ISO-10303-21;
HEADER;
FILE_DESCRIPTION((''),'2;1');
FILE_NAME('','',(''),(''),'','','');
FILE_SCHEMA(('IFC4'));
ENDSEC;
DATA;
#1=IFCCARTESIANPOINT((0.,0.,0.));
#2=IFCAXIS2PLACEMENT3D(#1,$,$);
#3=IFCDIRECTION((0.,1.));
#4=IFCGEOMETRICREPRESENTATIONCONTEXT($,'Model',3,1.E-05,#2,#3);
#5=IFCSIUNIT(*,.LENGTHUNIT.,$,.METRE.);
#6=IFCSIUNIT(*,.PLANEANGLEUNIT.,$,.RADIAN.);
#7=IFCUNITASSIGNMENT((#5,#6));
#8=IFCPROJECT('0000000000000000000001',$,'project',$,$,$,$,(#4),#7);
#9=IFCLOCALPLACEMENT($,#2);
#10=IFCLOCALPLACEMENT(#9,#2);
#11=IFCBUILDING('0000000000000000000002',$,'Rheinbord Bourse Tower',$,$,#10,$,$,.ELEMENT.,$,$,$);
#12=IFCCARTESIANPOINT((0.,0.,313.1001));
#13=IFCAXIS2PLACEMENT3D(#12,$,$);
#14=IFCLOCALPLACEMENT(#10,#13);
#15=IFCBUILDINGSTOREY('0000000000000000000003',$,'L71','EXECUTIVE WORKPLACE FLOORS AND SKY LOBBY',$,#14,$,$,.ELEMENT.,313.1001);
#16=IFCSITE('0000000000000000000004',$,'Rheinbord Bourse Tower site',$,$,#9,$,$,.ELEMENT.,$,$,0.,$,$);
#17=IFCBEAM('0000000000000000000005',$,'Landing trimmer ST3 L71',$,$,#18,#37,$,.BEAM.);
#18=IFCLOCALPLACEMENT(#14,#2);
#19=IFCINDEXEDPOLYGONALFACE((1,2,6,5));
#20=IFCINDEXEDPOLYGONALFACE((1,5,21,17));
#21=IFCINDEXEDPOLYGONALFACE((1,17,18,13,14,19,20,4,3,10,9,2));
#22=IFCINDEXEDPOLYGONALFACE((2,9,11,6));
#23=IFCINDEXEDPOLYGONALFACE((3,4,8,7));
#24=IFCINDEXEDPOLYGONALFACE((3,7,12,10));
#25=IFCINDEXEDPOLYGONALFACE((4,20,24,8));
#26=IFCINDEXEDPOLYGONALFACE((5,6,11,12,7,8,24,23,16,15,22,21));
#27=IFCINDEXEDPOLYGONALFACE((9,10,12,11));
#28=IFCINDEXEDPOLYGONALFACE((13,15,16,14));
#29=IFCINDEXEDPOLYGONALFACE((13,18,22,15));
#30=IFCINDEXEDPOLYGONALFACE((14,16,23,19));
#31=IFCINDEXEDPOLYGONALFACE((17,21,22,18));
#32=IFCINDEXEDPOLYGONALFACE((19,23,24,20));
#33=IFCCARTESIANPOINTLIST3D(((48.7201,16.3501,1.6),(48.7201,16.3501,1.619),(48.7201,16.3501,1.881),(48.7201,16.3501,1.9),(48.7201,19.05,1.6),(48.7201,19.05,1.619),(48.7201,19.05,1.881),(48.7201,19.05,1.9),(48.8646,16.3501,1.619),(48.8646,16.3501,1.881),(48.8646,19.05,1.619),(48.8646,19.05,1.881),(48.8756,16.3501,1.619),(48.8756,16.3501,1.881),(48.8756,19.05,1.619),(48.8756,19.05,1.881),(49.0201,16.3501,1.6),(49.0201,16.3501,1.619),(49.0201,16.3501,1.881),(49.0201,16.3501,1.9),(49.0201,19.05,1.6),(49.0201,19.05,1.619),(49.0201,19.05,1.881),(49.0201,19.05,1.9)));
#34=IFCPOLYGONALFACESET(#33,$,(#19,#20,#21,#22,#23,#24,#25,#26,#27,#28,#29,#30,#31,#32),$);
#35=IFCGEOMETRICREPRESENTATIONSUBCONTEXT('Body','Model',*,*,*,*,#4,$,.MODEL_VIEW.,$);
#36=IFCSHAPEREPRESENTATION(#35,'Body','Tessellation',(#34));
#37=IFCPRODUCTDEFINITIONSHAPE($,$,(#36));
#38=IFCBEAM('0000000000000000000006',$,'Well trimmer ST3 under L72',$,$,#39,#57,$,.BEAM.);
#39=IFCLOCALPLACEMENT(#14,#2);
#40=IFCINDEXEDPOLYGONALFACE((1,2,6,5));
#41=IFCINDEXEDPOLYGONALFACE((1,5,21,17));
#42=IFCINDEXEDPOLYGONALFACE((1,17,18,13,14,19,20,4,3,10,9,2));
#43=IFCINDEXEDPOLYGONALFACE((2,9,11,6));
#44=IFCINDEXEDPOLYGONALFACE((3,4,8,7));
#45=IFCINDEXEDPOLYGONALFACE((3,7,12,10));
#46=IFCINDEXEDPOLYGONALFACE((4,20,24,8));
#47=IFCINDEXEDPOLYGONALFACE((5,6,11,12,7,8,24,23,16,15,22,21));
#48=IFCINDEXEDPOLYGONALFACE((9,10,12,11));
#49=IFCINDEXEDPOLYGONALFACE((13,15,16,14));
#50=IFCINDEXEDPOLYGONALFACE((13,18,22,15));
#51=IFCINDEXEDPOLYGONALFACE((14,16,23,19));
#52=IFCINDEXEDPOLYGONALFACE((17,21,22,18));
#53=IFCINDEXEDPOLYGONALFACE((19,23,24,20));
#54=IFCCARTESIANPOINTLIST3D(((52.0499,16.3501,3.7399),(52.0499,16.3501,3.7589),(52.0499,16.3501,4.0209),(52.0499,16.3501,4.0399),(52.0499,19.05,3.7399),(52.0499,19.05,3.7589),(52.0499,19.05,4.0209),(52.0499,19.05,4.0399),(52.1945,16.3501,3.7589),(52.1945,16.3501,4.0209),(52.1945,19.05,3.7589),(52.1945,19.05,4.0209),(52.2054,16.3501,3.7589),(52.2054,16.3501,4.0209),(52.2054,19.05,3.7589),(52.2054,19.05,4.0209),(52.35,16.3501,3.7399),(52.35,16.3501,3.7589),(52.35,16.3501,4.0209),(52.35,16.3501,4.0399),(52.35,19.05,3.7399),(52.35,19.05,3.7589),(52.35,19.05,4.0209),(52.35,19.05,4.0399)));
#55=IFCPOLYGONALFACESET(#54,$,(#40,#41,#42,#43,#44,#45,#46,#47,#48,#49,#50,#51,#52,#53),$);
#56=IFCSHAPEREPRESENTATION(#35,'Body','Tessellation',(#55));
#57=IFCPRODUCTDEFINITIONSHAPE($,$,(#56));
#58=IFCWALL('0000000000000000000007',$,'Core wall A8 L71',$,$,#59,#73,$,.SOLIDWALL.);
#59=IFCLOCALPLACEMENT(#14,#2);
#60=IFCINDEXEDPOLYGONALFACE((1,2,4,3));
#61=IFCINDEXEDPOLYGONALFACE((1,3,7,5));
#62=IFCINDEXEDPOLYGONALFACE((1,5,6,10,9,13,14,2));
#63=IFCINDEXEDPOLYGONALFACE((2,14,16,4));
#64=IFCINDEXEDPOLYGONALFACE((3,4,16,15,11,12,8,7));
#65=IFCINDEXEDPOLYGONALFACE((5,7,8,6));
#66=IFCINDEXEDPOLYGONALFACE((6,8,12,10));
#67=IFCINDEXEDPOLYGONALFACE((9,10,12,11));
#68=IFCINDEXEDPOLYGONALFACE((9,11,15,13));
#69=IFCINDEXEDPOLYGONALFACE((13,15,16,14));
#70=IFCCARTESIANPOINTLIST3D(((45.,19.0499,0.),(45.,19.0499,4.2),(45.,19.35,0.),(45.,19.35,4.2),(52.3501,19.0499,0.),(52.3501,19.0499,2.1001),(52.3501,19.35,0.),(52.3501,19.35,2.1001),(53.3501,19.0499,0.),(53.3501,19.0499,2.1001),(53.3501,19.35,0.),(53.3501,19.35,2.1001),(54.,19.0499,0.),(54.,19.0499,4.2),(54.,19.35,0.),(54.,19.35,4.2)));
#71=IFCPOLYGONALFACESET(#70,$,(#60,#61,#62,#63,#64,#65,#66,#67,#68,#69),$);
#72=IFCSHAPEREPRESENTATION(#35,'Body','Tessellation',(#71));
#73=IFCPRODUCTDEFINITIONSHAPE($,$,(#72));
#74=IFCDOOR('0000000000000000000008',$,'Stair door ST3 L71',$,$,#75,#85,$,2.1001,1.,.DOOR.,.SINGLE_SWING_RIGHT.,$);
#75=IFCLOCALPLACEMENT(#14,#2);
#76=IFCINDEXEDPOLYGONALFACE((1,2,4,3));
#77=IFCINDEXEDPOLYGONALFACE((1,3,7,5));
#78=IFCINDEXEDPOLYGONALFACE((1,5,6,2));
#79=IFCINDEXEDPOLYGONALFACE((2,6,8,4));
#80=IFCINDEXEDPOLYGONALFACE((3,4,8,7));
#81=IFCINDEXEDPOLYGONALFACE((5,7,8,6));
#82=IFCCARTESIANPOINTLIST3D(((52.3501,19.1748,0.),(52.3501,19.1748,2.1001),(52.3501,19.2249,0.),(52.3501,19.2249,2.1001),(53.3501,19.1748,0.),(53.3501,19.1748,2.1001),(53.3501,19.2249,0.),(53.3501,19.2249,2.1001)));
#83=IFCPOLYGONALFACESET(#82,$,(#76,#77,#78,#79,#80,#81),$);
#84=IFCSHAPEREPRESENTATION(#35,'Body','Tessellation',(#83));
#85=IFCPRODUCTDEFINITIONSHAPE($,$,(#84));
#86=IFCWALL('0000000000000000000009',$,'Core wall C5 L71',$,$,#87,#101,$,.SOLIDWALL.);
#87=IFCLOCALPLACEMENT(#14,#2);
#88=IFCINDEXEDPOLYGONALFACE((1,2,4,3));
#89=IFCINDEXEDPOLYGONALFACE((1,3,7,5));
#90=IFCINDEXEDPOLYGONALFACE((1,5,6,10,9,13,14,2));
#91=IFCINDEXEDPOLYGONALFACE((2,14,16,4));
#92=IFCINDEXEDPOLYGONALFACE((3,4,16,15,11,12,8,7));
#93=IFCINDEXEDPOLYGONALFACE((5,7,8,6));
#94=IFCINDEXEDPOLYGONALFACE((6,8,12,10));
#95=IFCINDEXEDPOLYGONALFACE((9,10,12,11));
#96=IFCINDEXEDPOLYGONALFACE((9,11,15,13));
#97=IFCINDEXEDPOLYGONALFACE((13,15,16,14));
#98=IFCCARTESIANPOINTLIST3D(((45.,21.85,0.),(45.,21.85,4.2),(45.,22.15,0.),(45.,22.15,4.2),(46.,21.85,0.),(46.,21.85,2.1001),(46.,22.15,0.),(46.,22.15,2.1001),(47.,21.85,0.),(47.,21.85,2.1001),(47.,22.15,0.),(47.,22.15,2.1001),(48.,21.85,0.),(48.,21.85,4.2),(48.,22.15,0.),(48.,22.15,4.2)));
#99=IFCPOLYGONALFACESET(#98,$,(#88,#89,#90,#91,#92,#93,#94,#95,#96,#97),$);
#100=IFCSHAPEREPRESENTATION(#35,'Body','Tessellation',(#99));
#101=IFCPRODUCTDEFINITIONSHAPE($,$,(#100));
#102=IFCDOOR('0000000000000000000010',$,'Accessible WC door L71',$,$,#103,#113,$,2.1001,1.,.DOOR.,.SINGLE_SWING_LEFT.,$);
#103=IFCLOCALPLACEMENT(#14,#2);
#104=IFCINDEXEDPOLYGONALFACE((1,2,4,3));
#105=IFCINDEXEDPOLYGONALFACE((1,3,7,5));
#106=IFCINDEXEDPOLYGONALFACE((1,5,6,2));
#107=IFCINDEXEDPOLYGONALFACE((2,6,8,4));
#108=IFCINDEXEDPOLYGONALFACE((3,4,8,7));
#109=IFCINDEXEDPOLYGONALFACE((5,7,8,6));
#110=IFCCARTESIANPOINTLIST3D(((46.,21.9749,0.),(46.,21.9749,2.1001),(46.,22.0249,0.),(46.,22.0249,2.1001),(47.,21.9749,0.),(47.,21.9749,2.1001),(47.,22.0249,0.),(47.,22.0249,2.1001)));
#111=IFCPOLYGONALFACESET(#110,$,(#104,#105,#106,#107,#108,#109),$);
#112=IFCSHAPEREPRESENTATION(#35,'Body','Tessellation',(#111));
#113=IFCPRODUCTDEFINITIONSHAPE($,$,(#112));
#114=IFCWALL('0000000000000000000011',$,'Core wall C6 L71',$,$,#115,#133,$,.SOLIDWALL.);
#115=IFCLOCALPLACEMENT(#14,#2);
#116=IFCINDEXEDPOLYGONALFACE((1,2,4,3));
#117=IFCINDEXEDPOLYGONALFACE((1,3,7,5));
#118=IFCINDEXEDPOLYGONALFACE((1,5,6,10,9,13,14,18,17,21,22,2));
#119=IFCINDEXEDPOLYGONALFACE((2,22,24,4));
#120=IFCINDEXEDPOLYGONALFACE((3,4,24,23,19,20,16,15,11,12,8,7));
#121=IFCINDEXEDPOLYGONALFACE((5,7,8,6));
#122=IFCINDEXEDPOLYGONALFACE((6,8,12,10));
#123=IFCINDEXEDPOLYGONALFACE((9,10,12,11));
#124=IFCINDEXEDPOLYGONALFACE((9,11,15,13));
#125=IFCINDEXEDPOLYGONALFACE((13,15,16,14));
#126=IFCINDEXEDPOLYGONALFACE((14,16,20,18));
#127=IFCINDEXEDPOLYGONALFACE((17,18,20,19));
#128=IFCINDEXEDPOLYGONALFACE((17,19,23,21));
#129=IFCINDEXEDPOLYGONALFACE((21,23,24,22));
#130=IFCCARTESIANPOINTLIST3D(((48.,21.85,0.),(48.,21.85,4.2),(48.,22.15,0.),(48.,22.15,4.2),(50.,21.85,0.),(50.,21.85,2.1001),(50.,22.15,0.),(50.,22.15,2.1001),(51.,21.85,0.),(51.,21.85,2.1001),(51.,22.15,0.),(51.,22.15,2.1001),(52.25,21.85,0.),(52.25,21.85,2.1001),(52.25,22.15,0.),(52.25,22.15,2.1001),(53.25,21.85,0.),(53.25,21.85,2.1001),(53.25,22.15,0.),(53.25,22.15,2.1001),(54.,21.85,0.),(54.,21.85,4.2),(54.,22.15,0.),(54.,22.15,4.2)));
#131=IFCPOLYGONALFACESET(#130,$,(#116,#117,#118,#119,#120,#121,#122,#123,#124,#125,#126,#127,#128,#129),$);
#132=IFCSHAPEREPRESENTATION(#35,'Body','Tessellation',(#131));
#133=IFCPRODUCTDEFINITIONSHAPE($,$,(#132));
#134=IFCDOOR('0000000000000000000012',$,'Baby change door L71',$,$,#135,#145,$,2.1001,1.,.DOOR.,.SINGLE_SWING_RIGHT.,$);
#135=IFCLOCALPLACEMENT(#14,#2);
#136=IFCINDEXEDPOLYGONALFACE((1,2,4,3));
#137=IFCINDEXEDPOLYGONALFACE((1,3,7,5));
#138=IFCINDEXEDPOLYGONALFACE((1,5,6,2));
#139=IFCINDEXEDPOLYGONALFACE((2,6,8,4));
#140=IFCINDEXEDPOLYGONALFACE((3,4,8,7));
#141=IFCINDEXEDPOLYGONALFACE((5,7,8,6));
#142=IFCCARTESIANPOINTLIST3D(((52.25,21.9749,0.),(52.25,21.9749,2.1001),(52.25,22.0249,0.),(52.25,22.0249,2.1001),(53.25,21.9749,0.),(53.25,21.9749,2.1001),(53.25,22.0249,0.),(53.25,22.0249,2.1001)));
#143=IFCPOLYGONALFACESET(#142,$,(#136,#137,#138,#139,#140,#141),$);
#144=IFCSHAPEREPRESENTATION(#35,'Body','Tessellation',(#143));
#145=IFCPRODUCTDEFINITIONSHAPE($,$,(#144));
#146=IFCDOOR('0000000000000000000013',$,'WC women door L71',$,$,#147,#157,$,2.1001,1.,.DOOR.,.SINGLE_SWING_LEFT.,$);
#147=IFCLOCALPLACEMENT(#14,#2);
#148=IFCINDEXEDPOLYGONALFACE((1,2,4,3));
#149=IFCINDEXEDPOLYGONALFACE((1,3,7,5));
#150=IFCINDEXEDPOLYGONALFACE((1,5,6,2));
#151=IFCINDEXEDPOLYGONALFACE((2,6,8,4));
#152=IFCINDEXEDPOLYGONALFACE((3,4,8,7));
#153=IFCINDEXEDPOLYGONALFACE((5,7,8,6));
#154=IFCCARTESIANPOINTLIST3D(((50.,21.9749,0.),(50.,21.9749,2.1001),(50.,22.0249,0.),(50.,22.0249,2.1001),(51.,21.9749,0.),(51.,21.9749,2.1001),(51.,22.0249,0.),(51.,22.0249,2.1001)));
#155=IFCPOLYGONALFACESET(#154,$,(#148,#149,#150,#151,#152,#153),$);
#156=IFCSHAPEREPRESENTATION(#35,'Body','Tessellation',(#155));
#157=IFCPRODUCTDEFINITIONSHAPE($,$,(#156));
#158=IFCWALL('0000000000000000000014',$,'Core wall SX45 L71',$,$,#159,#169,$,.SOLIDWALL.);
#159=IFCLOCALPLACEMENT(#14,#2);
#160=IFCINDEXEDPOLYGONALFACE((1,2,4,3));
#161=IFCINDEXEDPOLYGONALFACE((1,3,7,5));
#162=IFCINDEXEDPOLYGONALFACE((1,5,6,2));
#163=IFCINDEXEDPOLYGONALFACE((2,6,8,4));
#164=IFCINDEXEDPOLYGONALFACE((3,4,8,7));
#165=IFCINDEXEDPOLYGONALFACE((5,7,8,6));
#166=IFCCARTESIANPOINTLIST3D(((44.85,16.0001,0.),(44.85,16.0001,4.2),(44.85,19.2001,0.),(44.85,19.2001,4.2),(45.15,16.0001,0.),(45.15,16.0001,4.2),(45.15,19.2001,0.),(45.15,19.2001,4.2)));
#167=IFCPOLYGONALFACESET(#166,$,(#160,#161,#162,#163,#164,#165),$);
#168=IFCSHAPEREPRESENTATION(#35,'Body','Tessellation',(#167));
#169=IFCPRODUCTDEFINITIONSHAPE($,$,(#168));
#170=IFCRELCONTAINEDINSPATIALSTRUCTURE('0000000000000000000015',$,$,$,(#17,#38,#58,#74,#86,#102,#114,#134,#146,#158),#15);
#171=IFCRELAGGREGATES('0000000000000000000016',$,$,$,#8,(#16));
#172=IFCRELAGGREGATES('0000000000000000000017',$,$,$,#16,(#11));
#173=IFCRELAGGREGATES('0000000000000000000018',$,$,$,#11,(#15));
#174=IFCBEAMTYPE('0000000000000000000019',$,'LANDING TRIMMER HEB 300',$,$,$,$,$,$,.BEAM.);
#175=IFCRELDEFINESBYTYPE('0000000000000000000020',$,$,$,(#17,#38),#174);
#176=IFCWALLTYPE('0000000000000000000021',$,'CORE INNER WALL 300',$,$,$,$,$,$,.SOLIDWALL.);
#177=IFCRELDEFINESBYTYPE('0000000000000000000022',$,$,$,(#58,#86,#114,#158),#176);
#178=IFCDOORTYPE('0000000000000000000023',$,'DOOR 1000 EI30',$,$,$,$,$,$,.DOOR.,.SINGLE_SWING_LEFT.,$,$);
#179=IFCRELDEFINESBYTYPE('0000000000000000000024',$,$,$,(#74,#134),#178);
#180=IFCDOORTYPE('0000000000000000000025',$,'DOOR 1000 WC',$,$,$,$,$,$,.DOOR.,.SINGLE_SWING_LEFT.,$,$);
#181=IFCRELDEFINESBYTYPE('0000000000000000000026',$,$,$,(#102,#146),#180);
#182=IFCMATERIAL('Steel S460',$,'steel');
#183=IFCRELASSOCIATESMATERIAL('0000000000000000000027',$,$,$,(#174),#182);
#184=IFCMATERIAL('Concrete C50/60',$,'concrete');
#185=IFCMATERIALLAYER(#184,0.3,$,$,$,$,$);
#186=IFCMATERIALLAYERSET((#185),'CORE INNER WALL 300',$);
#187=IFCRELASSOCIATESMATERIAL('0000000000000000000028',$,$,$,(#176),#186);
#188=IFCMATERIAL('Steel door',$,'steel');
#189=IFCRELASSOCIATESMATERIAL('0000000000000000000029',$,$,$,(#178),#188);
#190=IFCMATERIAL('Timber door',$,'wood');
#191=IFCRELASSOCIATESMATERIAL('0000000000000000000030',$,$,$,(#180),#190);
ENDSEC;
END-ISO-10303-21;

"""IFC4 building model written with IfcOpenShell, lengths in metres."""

from ifc_helpers import new_model, si_unit, direction, frame, frame_2d, origin, origin_2d, place, context, subcontext, project, spatial, rectangle, i_section, extrude, material, layer, layer_set, material_profile, profile_set, type_object, element, fill, save


model = new_model("IFC4")

# Units and contexts
model_context = context("Model", 3, precision=1e-05, world=origin(), true_north=direction((0.0, 1.0)))
body_context = subcontext(model_context, "Body", "Model", "MODEL_VIEW")
ifc_project = project(units=[si_unit("LENGTHUNIT", "METRE"), si_unit("PLANEANGLEUNIT", "RADIAN")], contexts=[model_context])

# Site, building, storey
site_placement = place(None, origin())
site = spatial("IfcSite", under=ifc_project, at=site_placement, Name="Rheinbord Bourse Tower site", CompositionType="ELEMENT", RefElevation=0.0)
building_placement = place(site_placement, origin())
building = spatial("IfcBuilding", under=site, at=building_placement, Name="Rheinbord Bourse Tower", CompositionType="ELEMENT")
storey_placement = place(building_placement, frame((0.0, 0.0, 313.1001)))
storey = spatial("IfcBuildingStorey", under=building, at=storey_placement, Name="L71", Description="EXECUTIVE WORKPLACE FLOORS AND SKY LOBBY", CompositionType="ELEMENT", Elevation=313.1001)

# Beams
ifc_material_1 = material(Name="Steel S460", Category="steel")
ifc_material_profile = material_profile(ifc_material_1, i_section(OverallWidth=0.3, OverallDepth=0.3, WebThickness=0.011, FlangeThickness=0.019, at=origin_2d()), Name="HEB 300")
ifc_profile_set = profile_set([ifc_material_profile], Name="Steel S460")
beam_type = type_object("IfcBeamType", Name="LANDING TRIMMER HEB 300", PredefinedType="BEAM", material=ifc_profile_set)
for number, where, z_axis, x_axis, name in (
    (1, (48.8701, 16.3501, 1.75), (0.0, 1.0, 0.0), (-1.0, 0.0, 0.0), "Landing trimmer ST3 L71"),
    (2, (52.2, 16.3501, 3.8899), (0.0, 1.0, 0.0), (-1.0, 0.0, 0.0), "Well trimmer ST3 under L72"),
):
    element("IfcBeam", number, at=place(storey_placement, frame(where, z_axis=z_axis, x_axis=x_axis)), inside=storey, type_object=beam_type, Name=name, PredefinedType="BEAM", context=body_context, shape_type="SweptSolid", body=[
        extrude(i_section(OverallWidth=0.3, OverallDepth=0.3, WebThickness=0.011, FlangeThickness=0.019, at=origin_2d()), origin(), (0.0, 0.0, 1.0), 2.7),
    ])

# Walls, openings, doors
ifc_material_2 = material(Name="Concrete C50/60", Category="concrete")
ifc_layer_1 = layer(ifc_material_2, 0.3)
ifc_layer_set_1 = layer_set([ifc_layer_1], Name="CORE INNER WALL 300")
wall_type_1 = type_object("IfcWallType", Name="CORE INNER WALL 300", PredefinedType="SOLIDWALL", material=ifc_layer_set_1)
wall_1_placement = place(storey_placement, frame((45.0, 19.2, 0.0), z_axis=(0.0, 0.0, 1.0), x_axis=(1.0, 0.0, 0.0)))
wall_1 = element("IfcWall", 3, at=wall_1_placement, inside=storey, type_object=wall_type_1, Name="Core wall A8 L71", PredefinedType="SOLIDWALL", context=body_context, shape_type="SweptSolid", body=[
    extrude(rectangle(XDim=9.0, YDim=0.3, at=frame_2d((4.5, 0.0))), origin(), (0.0, 0.0, 1.0), 4.2),
])
opening_1_placement = place(wall_1_placement, frame((7.3501, 0.0, 0.0)))
opening_1 = element("IfcOpeningElement", 4, at=opening_1_placement, cuts=wall_1, PredefinedType="OPENING", context=body_context, shape_type="SweptSolid", body=[
    extrude(rectangle(XDim=1.0, YDim=2.1001, at=frame_2d((0.5, 1.05))), frame((0.0, 0.1599, 0.0), z_axis=(0.0, -1.0, 0.0), x_axis=(1.0, 0.0, 0.0)), (0.0, 0.0, 1.0), 0.3201),
])
ifc_material_3 = material(Name="Steel door", Category="steel")
door_type_1 = type_object("IfcDoorType", Name="DOOR 1000 EI30", OperationType="SINGLE_SWING_LEFT", PredefinedType="DOOR", material=ifc_material_3)
door_1_placement = place(opening_1_placement, origin())
door_1 = element("IfcDoor", 5, at=door_1_placement, inside=storey, type_object=door_type_1, Name="Stair door ST3 L71", OperationType="SINGLE_SWING_RIGHT", OverallHeight=2.1001, OverallWidth=1.0, PredefinedType="DOOR", context=body_context, shape_type="SweptSolid", body=[
    extrude(rectangle(XDim=1.0, YDim=2.1001, at=frame_2d((0.5, 1.05))), frame((0.0, 0.0249, 0.0), z_axis=(0.0, -1.0, 0.0), x_axis=(1.0, 0.0, 0.0)), (0.0, 0.0, 1.0), 0.05),
])
fill(opening_1, door_1)
wall_2_placement = place(storey_placement, frame((45.0, 22.0, 0.0), z_axis=(0.0, 0.0, 1.0), x_axis=(1.0, 0.0, 0.0)))
wall_2 = element("IfcWall", 6, at=wall_2_placement, inside=storey, type_object=wall_type_1, Name="Core wall C5 L71", PredefinedType="SOLIDWALL", context=body_context, shape_type="SweptSolid", body=[
    extrude(rectangle(XDim=3.0, YDim=0.3, at=frame_2d((1.5, 0.0))), origin(), (0.0, 0.0, 1.0), 4.2),
])
opening_2_placement = place(wall_2_placement, frame((1.0, 0.0, 0.0)))
opening_2 = element("IfcOpeningElement", 7, at=opening_2_placement, cuts=wall_2, PredefinedType="OPENING", context=body_context, shape_type="SweptSolid", body=[
    extrude(rectangle(XDim=1.0, YDim=2.1001, at=frame_2d((0.5, 1.05))), frame((0.0, 0.1599, 0.0), z_axis=(0.0, -1.0, 0.0), x_axis=(1.0, 0.0, 0.0)), (0.0, 0.0, 1.0), 0.3201),
])
ifc_material_4 = material(Name="Timber door", Category="wood")
door_type_2 = type_object("IfcDoorType", Name="DOOR 1000 WC", OperationType="SINGLE_SWING_LEFT", PredefinedType="DOOR", material=ifc_material_4)
door_2_placement = place(opening_2_placement, origin())
door_2 = element("IfcDoor", 8, at=door_2_placement, inside=storey, type_object=door_type_2, Name="Accessible WC door L71", OperationType="SINGLE_SWING_LEFT", OverallHeight=2.1001, OverallWidth=1.0, PredefinedType="DOOR", context=body_context, shape_type="SweptSolid", body=[
    extrude(rectangle(XDim=1.0, YDim=2.1001, at=frame_2d((0.5, 1.05))), frame((0.0, 0.0249, 0.0), z_axis=(0.0, -1.0, 0.0), x_axis=(1.0, 0.0, 0.0)), (0.0, 0.0, 1.0), 0.05),
])
fill(opening_2, door_2)

# Wall, openings, doors
wall_3_placement = place(storey_placement, frame((48.0, 22.0, 0.0), z_axis=(0.0, 0.0, 1.0), x_axis=(1.0, 0.0, 0.0)))
wall_3 = element("IfcWall", 9, at=wall_3_placement, inside=storey, type_object=wall_type_1, Name="Core wall C6 L71", PredefinedType="SOLIDWALL", context=body_context, shape_type="SweptSolid", body=[
    extrude(rectangle(XDim=6.0, YDim=0.3, at=frame_2d((3.0, 0.0))), origin(), (0.0, 0.0, 1.0), 4.2),
])
opening_3_placement = place(wall_3_placement, frame((2.0, 0.0, 0.0)))
opening_3 = element("IfcOpeningElement", 10, at=opening_3_placement, cuts=wall_3, PredefinedType="OPENING", context=body_context, shape_type="SweptSolid", body=[
    extrude(rectangle(XDim=1.0, YDim=2.1001, at=frame_2d((0.5, 1.05))), frame((0.0, 0.1599, 0.0), z_axis=(0.0, -1.0, 0.0), x_axis=(1.0, 0.0, 0.0)), (0.0, 0.0, 1.0), 0.3201),
])
opening_4_placement = place(wall_3_placement, frame((4.25, 0.0, 0.0)))
opening_4 = element("IfcOpeningElement", 11, at=opening_4_placement, cuts=wall_3, PredefinedType="OPENING", context=body_context, shape_type="SweptSolid", body=[
    extrude(rectangle(XDim=1.0, YDim=2.1001, at=frame_2d((0.5, 1.05))), frame((0.0, 0.1599, 0.0), z_axis=(0.0, -1.0, 0.0), x_axis=(1.0, 0.0, 0.0)), (0.0, 0.0, 1.0), 0.3201),
])
door_3_placement = place(opening_4_placement, origin())
door_3 = element("IfcDoor", 12, at=door_3_placement, inside=storey, type_object=door_type_1, Name="Baby change door L71", OperationType="SINGLE_SWING_RIGHT", OverallHeight=2.1001, OverallWidth=1.0, PredefinedType="DOOR", context=body_context, shape_type="SweptSolid", body=[
    extrude(rectangle(XDim=1.0, YDim=2.1001, at=frame_2d((0.5, 1.05))), frame((0.0, 0.0249, 0.0), z_axis=(0.0, -1.0, 0.0), x_axis=(1.0, 0.0, 0.0)), (0.0, 0.0, 1.0), 0.05),
])
fill(opening_4, door_3)
door_4_placement = place(opening_3_placement, origin())
door_4 = element("IfcDoor", 13, at=door_4_placement, inside=storey, type_object=door_type_2, Name="WC women door L71", OperationType="SINGLE_SWING_LEFT", OverallHeight=2.1001, OverallWidth=1.0, PredefinedType="DOOR", context=body_context, shape_type="SweptSolid", body=[
    extrude(rectangle(XDim=1.0, YDim=2.1001, at=frame_2d((0.5, 1.05))), frame((0.0, 0.0249, 0.0), z_axis=(0.0, -1.0, 0.0), x_axis=(1.0, 0.0, 0.0)), (0.0, 0.0, 1.0), 0.05),
])
fill(opening_3, door_4)

# Wall
wall_4_placement = place(storey_placement, frame((45.0, 16.0, 0.0), z_axis=(0.0, 0.0, 1.0), x_axis=(0.0, 1.0, 0.0)))
element("IfcWall", 14, at=wall_4_placement, inside=storey, type_object=wall_type_1, Name="Core wall SX45 L71", PredefinedType="SOLIDWALL", context=body_context, shape_type="SweptSolid", body=[
    extrude(rectangle(XDim=3.2, YDim=0.3, at=frame_2d((1.6001, 0.0))), origin(), (0.0, 0.0, 1.0), 4.2),
])

save(model, "model.ifc")
